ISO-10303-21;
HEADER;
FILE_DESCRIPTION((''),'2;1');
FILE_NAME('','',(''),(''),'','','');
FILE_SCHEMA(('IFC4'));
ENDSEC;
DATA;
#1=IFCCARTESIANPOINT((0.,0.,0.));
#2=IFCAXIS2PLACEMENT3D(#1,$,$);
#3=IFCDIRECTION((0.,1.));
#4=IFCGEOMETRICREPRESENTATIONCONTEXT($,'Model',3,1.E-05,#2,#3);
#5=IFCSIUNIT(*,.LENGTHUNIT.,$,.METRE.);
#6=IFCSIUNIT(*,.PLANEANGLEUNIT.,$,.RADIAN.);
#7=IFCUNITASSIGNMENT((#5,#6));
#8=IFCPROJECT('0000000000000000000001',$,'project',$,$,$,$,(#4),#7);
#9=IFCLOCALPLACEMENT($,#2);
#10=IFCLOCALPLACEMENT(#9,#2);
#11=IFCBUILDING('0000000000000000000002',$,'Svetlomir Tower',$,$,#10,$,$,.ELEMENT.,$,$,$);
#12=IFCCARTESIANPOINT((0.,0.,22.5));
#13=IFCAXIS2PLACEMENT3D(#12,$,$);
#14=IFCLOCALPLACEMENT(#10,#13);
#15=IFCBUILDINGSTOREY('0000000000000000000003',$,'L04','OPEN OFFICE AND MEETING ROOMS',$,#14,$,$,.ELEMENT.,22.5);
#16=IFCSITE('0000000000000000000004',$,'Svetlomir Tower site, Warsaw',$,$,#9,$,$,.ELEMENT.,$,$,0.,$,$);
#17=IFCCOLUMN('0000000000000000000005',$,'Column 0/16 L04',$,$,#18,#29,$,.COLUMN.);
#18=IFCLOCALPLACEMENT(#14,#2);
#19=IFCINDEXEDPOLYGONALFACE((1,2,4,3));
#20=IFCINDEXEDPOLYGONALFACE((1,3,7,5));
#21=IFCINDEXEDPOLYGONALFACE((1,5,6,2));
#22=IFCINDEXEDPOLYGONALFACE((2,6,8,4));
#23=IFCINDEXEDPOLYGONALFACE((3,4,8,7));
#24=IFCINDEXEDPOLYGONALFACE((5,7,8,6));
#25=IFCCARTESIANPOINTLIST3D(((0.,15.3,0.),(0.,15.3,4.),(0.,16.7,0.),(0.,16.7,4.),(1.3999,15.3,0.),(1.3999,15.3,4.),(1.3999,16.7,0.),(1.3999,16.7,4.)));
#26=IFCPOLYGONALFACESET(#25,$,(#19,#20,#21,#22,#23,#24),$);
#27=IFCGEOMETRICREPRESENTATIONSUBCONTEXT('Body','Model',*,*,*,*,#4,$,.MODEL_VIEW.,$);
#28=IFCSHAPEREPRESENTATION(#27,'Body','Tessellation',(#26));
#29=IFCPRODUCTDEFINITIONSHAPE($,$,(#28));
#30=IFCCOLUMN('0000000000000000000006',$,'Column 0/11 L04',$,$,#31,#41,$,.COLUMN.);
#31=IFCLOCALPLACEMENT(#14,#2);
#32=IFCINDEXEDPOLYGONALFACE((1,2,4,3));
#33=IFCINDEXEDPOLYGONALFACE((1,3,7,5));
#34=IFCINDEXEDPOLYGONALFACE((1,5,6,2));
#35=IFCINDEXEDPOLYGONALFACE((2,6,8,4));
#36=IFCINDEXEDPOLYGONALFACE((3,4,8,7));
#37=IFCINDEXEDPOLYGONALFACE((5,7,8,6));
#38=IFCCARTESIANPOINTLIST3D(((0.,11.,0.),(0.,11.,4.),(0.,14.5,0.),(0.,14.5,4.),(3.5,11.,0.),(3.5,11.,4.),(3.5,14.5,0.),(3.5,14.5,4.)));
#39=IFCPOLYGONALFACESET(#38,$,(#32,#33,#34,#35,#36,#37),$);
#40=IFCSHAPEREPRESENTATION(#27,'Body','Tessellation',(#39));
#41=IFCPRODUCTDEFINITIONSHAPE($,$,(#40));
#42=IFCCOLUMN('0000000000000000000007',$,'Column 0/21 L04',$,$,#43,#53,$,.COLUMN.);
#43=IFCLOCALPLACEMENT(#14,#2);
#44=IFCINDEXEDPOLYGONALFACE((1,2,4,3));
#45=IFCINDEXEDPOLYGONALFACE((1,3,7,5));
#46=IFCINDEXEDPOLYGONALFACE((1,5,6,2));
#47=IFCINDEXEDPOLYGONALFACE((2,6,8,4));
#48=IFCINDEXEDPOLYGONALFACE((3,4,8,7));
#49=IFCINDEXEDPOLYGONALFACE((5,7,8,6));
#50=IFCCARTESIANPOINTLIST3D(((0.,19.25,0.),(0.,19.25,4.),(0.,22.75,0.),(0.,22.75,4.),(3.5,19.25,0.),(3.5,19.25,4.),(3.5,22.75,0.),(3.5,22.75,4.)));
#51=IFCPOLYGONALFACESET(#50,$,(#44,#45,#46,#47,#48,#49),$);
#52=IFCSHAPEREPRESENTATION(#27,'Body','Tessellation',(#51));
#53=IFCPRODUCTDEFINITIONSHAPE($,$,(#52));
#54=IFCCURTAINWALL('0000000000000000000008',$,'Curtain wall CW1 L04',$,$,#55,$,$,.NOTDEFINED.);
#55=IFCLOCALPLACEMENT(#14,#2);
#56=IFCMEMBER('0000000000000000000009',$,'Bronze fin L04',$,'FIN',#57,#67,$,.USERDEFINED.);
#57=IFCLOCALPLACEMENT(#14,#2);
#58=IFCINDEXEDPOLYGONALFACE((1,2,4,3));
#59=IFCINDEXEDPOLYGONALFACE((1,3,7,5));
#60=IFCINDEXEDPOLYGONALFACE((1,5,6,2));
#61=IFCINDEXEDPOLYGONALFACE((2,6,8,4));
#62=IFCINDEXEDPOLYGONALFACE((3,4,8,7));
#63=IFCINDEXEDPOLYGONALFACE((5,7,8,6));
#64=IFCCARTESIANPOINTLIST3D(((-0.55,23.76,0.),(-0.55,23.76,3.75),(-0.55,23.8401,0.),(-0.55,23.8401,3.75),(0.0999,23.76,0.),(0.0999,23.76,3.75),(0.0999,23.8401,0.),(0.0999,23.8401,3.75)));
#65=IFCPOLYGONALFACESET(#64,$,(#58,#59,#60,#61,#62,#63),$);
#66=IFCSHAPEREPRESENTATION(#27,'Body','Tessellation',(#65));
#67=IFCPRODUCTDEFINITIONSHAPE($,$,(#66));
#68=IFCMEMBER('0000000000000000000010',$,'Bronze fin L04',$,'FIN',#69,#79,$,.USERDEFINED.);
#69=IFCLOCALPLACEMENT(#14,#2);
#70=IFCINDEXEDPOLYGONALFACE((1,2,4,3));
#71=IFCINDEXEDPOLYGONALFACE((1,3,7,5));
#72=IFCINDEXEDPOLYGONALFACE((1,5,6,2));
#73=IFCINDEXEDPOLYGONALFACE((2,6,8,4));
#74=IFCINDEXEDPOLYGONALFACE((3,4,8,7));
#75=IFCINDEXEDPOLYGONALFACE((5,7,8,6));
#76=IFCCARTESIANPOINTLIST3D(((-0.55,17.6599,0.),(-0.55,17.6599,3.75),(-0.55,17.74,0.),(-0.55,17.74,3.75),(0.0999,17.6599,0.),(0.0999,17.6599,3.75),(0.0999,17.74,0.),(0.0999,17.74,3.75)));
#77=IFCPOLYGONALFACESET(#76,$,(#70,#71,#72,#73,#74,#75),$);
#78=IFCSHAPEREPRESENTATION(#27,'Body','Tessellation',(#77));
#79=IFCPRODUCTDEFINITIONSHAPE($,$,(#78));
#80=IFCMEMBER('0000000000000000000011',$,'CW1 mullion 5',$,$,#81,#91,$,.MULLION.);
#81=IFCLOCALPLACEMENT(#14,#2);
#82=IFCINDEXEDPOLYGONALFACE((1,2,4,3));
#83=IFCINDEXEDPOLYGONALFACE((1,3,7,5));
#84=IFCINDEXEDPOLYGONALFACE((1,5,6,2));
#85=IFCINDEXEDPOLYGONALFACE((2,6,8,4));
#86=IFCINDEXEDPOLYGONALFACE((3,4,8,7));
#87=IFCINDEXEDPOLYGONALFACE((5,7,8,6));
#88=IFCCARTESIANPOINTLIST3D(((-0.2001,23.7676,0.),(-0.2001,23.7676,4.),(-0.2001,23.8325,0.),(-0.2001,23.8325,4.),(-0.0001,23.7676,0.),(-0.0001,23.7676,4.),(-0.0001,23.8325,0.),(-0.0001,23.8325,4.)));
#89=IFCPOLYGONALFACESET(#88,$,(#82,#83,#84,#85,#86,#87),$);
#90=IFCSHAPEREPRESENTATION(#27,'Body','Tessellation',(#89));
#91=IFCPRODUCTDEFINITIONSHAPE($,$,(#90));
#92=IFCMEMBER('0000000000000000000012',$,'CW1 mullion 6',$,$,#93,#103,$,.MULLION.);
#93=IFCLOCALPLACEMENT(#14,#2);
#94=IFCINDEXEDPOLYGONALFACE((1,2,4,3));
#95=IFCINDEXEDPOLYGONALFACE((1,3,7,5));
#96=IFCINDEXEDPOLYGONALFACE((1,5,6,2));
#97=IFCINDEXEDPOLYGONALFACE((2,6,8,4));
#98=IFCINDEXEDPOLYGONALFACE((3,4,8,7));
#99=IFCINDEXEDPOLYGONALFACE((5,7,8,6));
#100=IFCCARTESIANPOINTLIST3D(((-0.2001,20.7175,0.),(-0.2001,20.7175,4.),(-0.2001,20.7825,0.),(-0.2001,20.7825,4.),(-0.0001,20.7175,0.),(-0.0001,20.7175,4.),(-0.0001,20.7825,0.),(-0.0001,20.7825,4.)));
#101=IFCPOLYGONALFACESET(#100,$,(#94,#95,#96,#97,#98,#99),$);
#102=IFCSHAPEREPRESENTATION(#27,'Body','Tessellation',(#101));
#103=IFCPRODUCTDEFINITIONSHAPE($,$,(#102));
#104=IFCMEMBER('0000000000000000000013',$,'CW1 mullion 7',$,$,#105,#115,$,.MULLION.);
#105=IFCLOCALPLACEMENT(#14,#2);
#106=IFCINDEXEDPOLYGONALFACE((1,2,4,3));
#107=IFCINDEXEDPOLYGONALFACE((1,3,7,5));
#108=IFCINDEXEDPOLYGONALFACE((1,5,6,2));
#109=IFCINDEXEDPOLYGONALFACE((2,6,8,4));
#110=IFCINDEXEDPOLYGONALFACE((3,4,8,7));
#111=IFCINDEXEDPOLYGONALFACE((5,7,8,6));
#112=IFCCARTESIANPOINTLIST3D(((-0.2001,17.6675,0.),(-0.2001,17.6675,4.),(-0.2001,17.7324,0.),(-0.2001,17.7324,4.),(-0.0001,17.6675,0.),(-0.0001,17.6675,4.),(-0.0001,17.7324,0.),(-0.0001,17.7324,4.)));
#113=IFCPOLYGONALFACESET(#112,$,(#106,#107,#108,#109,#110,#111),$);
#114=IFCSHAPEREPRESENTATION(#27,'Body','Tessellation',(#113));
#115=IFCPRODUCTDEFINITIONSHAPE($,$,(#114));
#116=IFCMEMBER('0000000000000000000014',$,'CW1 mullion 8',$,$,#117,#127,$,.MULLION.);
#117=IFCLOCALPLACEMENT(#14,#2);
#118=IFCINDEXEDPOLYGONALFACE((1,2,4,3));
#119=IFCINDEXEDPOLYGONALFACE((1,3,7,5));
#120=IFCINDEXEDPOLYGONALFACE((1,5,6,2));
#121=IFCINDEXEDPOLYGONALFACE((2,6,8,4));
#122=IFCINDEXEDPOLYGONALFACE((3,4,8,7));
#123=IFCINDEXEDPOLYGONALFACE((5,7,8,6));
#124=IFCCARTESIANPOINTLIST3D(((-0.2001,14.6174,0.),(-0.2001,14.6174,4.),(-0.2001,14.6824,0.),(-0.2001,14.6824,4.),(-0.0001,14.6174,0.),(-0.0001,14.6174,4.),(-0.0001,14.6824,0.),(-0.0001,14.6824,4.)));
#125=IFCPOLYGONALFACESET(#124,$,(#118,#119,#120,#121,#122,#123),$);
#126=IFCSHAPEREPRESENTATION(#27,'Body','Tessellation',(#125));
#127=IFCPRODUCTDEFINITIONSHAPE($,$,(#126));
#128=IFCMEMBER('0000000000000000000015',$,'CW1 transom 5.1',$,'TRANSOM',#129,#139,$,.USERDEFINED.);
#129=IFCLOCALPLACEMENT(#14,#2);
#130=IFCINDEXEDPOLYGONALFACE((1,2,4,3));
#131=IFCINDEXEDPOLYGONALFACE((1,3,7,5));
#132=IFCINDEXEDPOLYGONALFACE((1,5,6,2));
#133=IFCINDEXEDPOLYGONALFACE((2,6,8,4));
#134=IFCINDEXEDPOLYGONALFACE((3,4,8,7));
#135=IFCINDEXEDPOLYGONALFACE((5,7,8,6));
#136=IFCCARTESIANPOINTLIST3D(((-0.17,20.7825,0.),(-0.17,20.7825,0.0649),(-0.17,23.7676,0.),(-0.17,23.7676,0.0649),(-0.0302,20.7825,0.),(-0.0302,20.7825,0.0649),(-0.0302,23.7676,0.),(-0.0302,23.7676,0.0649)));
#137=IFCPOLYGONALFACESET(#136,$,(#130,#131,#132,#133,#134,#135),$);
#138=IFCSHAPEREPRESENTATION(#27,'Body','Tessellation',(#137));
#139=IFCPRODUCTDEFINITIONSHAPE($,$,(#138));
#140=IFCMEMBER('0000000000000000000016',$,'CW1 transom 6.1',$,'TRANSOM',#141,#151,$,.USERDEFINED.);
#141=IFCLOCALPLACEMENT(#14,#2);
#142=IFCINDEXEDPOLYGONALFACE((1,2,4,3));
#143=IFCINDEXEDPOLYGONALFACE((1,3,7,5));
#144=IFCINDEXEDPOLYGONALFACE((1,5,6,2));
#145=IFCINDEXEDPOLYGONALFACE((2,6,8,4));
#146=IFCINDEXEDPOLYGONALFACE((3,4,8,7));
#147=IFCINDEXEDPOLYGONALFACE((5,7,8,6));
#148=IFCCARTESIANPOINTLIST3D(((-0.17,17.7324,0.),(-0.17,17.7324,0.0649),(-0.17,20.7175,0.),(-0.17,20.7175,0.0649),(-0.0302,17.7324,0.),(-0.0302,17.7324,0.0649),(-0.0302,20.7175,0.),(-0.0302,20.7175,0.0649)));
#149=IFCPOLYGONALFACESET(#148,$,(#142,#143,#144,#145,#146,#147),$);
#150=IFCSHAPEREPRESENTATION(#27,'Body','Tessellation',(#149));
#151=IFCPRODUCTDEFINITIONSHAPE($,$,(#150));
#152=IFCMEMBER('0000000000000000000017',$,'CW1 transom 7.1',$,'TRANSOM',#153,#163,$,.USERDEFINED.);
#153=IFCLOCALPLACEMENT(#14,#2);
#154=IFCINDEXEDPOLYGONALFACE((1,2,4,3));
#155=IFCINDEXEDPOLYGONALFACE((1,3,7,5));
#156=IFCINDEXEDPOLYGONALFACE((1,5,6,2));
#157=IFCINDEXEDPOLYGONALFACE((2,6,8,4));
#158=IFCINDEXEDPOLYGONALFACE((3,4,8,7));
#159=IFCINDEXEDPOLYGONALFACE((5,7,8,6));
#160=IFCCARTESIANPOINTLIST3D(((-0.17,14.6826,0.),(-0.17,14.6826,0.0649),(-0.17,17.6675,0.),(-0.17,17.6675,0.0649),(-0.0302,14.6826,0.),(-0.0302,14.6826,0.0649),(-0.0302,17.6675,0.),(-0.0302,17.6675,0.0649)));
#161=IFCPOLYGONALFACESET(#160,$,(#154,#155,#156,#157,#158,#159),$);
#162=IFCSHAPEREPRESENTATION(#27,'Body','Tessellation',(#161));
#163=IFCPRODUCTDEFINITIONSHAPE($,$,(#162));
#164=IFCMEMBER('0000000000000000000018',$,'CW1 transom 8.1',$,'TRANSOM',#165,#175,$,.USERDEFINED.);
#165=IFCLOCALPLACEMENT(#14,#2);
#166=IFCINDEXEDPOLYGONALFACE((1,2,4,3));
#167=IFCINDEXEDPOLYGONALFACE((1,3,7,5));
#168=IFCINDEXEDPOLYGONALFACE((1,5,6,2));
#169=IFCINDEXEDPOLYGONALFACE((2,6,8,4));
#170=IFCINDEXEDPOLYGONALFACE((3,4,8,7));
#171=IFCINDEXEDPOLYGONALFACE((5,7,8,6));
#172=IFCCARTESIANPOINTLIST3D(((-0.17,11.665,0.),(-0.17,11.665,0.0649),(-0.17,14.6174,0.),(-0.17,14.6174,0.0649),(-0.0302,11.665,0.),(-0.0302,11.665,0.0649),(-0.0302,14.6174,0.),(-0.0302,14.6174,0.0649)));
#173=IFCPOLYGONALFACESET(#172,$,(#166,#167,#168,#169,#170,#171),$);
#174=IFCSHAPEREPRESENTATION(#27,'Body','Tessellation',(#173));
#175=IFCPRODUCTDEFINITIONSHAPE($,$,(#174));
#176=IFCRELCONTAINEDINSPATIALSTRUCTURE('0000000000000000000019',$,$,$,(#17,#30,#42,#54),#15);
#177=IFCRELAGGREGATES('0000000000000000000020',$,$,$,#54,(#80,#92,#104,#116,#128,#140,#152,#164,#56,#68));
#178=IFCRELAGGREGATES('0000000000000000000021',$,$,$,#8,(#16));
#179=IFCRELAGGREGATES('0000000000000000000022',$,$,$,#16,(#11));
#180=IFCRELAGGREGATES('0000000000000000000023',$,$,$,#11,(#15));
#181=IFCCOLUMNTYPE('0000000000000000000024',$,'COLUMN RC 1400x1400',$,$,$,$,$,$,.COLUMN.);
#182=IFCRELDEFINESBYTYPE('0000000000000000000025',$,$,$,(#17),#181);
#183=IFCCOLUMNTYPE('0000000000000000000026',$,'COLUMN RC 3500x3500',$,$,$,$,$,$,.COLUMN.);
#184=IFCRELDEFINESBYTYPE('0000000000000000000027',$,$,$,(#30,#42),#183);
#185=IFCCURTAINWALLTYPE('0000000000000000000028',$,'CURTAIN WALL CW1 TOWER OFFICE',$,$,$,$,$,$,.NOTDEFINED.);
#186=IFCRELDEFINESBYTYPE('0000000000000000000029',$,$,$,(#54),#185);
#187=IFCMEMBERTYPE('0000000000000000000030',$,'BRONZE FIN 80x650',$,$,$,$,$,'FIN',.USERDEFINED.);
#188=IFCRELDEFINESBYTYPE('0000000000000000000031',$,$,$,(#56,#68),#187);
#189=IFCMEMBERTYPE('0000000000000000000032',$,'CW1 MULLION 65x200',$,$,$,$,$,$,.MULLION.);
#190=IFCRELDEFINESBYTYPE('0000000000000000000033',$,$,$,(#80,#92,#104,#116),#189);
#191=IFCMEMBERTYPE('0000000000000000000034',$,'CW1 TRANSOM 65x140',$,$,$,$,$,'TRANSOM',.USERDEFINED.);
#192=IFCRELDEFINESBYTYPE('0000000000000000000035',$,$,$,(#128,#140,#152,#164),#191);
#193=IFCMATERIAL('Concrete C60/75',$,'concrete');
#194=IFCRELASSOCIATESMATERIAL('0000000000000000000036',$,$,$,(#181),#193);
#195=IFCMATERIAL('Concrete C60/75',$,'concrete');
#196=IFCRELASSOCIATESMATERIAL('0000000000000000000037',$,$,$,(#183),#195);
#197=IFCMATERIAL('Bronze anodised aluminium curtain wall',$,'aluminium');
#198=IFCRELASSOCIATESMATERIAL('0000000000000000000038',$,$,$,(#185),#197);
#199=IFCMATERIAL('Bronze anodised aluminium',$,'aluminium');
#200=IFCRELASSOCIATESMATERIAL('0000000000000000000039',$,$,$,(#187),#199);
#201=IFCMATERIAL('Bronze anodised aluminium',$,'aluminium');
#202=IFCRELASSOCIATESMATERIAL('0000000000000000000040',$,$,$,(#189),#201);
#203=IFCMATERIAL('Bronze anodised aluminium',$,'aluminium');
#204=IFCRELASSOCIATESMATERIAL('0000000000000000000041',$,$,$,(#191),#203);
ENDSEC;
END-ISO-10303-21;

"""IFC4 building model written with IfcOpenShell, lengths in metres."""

from ifc_helpers import new_model, si_unit, direction, frame, origin, origin_2d, place, context, subcontext, project, spatial, rectangle, extrude, material, material_profile, profile_set, type_object, element, aggregate, save


model = new_model("IFC4")

# Units and contexts
model_context = context("Model", 3, precision=1e-05, world=origin(), true_north=direction((0.0, 1.0)))
body_context = subcontext(model_context, "Body", "Model", "MODEL_VIEW")
ifc_project = project(units=[si_unit("LENGTHUNIT", "METRE"), si_unit("PLANEANGLEUNIT", "RADIAN")], contexts=[model_context])

# Site, building, storey
site_placement = place(None, origin())
site = spatial("IfcSite", under=ifc_project, at=site_placement, Name="Svetlomir Tower site, Warsaw", CompositionType="ELEMENT", RefElevation=0.0)
building_placement = place(site_placement, origin())
building = spatial("IfcBuilding", under=site, at=building_placement, Name="Svetlomir Tower", CompositionType="ELEMENT")
storey_placement = place(building_placement, frame((0.0, 0.0, 22.5)))
storey = spatial("IfcBuildingStorey", under=building, at=storey_placement, Name="L04", Description="OPEN OFFICE AND MEETING ROOMS", CompositionType="ELEMENT", Elevation=22.5)

# Columns
ifc_material_1 = material(Name="Concrete C60/75", Category="concrete")
ifc_material_profile_1 = material_profile(ifc_material_1, rectangle(XDim=1.3999, YDim=1.3999, at=origin_2d()), Name="RC 1400x1400")
ifc_profile_set_1 = profile_set([ifc_material_profile_1], Name="Concrete C60/75")
column_type_1 = type_object("IfcColumnType", Name="COLUMN RC 1400x1400", PredefinedType="COLUMN", material=ifc_profile_set_1)
column_placement = place(storey_placement, frame((0.7, 16.0, 0.0), z_axis=(0.0, 0.0, 1.0), x_axis=(1.0, 0.0, 0.0)))
element("IfcColumn", 1, at=column_placement, inside=storey, type_object=column_type_1, Name="Column 0/16 L04", PredefinedType="COLUMN", context=body_context, shape_type="SweptSolid", body=[
    extrude(rectangle(XDim=1.3999, YDim=1.3999, at=origin_2d()), origin(), (0.0, 0.0, 1.0), 4.0),
])
ifc_material_2 = material(Name="Concrete C60/75", Category="concrete")
ifc_material_profile_2 = material_profile(ifc_material_2, rectangle(XDim=3.5, YDim=3.5, at=origin_2d()), Name="RC 3500x3500")
ifc_profile_set_2 = profile_set([ifc_material_profile_2], Name="Concrete C60/75")
column_type_2 = type_object("IfcColumnType", Name="COLUMN RC 3500x3500", PredefinedType="COLUMN", material=ifc_profile_set_2)
for number, where, z_axis, x_axis, name in (
    (2, (1.75, 12.75, 0.0), (0.0, 0.0, 1.0), (1.0, 0.0, 0.0), "Column 0/11 L04"),
    (3, (1.75, 21.0, 0.0), (0.0, 0.0, 1.0), (1.0, 0.0, 0.0), "Column 0/21 L04"),
):
    element("IfcColumn", number, at=place(storey_placement, frame(where, z_axis=z_axis, x_axis=x_axis)), inside=storey, type_object=column_type_2, Name=name, PredefinedType="COLUMN", context=body_context, shape_type="SweptSolid", body=[
        extrude(rectangle(XDim=3.5, YDim=3.5, at=origin_2d()), origin(), (0.0, 0.0, 1.0), 4.0),
    ])

# Curtain wall, members
ifc_material_3 = material(Name="Bronze anodised aluminium curtain wall", Category="aluminium")
curtain_wall_type = type_object("IfcCurtainWallType", Name="CURTAIN WALL CW1 TOWER OFFICE", PredefinedType="NOTDEFINED", material=ifc_material_3)
curtain_wall_placement = place(storey_placement, origin())
curtain_wall = element("IfcCurtainWall", 4, at=curtain_wall_placement, inside=storey, type_object=curtain_wall_type, Name="Curtain wall CW1 L04", PredefinedType="NOTDEFINED")
ifc_material_4 = material(Name="Bronze anodised aluminium", Category="aluminium")
ifc_material_profile_3 = material_profile(ifc_material_4, rectangle(XDim=0.0801, YDim=0.6499, at=origin_2d()), Name="FIN 80x650")
ifc_profile_set_3 = profile_set([ifc_material_profile_3], Name="Bronze anodised aluminium 6063-T6")
member_type_1 = type_object("IfcMemberType", Name="BRONZE FIN 80x650", ElementType="FIN", PredefinedType="USERDEFINED", material=ifc_profile_set_3)
member_1_placement = place(storey_placement, frame((-0.2251, 23.8, 0.0), z_axis=(0.0, 0.0, 1.0), x_axis=(0.0, 1.0, 0.0)))
member_1 = element("IfcMember", 5, at=member_1_placement, type_object=member_type_1, Name="Bronze fin L04", ObjectType="FIN", PredefinedType="USERDEFINED", context=body_context, shape_type="SweptSolid", body=[
    extrude(rectangle(XDim=0.0801, YDim=0.6499, at=origin_2d()), origin(), (0.0, 0.0, 1.0), 3.75),
])
member_2_placement = place(storey_placement, frame((-0.2251, 17.7, 0.0), z_axis=(0.0, 0.0, 1.0), x_axis=(0.0, 1.0, 0.0)))
member_2 = element("IfcMember", 6, at=member_2_placement, type_object=member_type_1, Name="Bronze fin L04", ObjectType="FIN", PredefinedType="USERDEFINED", context=body_context, shape_type="SweptSolid", body=[
    extrude(rectangle(XDim=0.0801, YDim=0.6499, at=origin_2d()), origin(), (0.0, 0.0, 1.0), 3.75),
])
ifc_material_5 = material(Name="Bronze anodised aluminium", Category="aluminium")
ifc_material_profile_4 = material_profile(ifc_material_5, rectangle(XDim=0.0649, YDim=0.2, at=origin_2d()), Name="AL 65x200")
ifc_profile_set_4 = profile_set([ifc_material_profile_4], Name="Bronze anodised aluminium 6063-T6")
member_type_2 = type_object("IfcMemberType", Name="CW1 MULLION 65x200", PredefinedType="MULLION", material=ifc_profile_set_4)
member_3_placement = place(storey_placement, frame((-0.1001, 23.8, 0.0), z_axis=(0.0, 0.0, 1.0), x_axis=(0.0, -1.0, 0.0)))
member_3 = element("IfcMember", 7, at=member_3_placement, type_object=member_type_2, Name="CW1 mullion 5", PredefinedType="MULLION", context=body_context, shape_type="SweptSolid", body=[
    extrude(rectangle(XDim=0.0649, YDim=0.2, at=origin_2d()), origin(), (0.0, 0.0, 1.0), 4.0),
])
member_4_placement = place(storey_placement, frame((-0.1001, 20.75, 0.0), z_axis=(0.0, 0.0, 1.0), x_axis=(0.0, -1.0, 0.0)))
member_4 = element("IfcMember", 8, at=member_4_placement, type_object=member_type_2, Name="CW1 mullion 6", PredefinedType="MULLION", context=body_context, shape_type="SweptSolid", body=[
    extrude(rectangle(XDim=0.0649, YDim=0.2, at=origin_2d()), origin(), (0.0, 0.0, 1.0), 4.0),
])
member_5_placement = place(storey_placement, frame((-0.1001, 17.7, 0.0), z_axis=(0.0, 0.0, 1.0), x_axis=(0.0, -1.0, 0.0)))
member_5 = element("IfcMember", 9, at=member_5_placement, type_object=member_type_2, Name="CW1 mullion 7", PredefinedType="MULLION", context=body_context, shape_type="SweptSolid", body=[
    extrude(rectangle(XDim=0.0649, YDim=0.2, at=origin_2d()), origin(), (0.0, 0.0, 1.0), 4.0),
])
member_6_placement = place(storey_placement, frame((-0.1001, 14.6499, 0.0), z_axis=(0.0, 0.0, 1.0), x_axis=(0.0, -1.0, 0.0)))
member_6 = element("IfcMember", 10, at=member_6_placement, type_object=member_type_2, Name="CW1 mullion 8", PredefinedType="MULLION", context=body_context, shape_type="SweptSolid", body=[
    extrude(rectangle(XDim=0.0649, YDim=0.2, at=origin_2d()), origin(), (0.0, 0.0, 1.0), 4.0),
])
ifc_material_6 = material(Name="Bronze anodised aluminium", Category="aluminium")
ifc_material_profile_5 = material_profile(ifc_material_6, rectangle(XDim=0.1399, YDim=0.0649, at=origin_2d()), Name="AL 140x65")
ifc_profile_set_5 = profile_set([ifc_material_profile_5], Name="Bronze anodised aluminium 6063-T6")
member_type_3 = type_object("IfcMemberType", Name="CW1 TRANSOM 65x140", ElementType="TRANSOM", PredefinedType="USERDEFINED", material=ifc_profile_set_5)
member_7_placement = place(storey_placement, frame((-0.1001, 23.7676, 0.0325), z_axis=(0.0, -1.0, 0.0), x_axis=(1.0, 0.0, 0.0)))
member_7 = element("IfcMember", 11, at=member_7_placement, type_object=member_type_3, Name="CW1 transom 5.1", ObjectType="TRANSOM", PredefinedType="USERDEFINED", context=body_context, shape_type="SweptSolid", body=[
    extrude(rectangle(XDim=0.1399, YDim=0.0649, at=origin_2d()), origin(), (0.0, 0.0, 1.0), 2.9851),
])
member_8_placement = place(storey_placement, frame((-0.1001, 20.7175, 0.0325), z_axis=(0.0, -1.0, 0.0), x_axis=(1.0, 0.0, 0.0)))
member_8 = element("IfcMember", 12, at=member_8_placement, type_object=member_type_3, Name="CW1 transom 6.1", ObjectType="TRANSOM", PredefinedType="USERDEFINED", context=body_context, shape_type="SweptSolid", body=[
    extrude(rectangle(XDim=0.1399, YDim=0.0649, at=origin_2d()), origin(), (0.0, 0.0, 1.0), 2.9851),
])
member_9_placement = place(storey_placement, frame((-0.1001, 17.6675, 0.0325), z_axis=(0.0, -1.0, 0.0), x_axis=(1.0, 0.0, 0.0)))
member_9 = element("IfcMember", 13, at=member_9_placement, type_object=member_type_3, Name="CW1 transom 7.1", ObjectType="TRANSOM", PredefinedType="USERDEFINED", context=body_context, shape_type="SweptSolid", body=[
    extrude(rectangle(XDim=0.1399, YDim=0.0649, at=origin_2d()), origin(), (0.0, 0.0, 1.0), 2.9849),
])
member_10_placement = place(storey_placement, frame((-0.1001, 14.6174, 0.0325), z_axis=(0.0, -1.0, 0.0), x_axis=(1.0, 0.0, 0.0)))
member_10 = element("IfcMember", 14, at=member_10_placement, type_object=member_type_3, Name="CW1 transom 8.1", ObjectType="TRANSOM", PredefinedType="USERDEFINED", context=body_context, shape_type="SweptSolid", body=[
    extrude(rectangle(XDim=0.1399, YDim=0.0649, at=origin_2d()), origin(), (0.0, 0.0, 1.0), 2.9524),
])

aggregate(curtain_wall, [member_3, member_4, member_5, member_6, member_7, member_8, member_9, member_10, member_1, member_2])

save(model, "model.ifc")
